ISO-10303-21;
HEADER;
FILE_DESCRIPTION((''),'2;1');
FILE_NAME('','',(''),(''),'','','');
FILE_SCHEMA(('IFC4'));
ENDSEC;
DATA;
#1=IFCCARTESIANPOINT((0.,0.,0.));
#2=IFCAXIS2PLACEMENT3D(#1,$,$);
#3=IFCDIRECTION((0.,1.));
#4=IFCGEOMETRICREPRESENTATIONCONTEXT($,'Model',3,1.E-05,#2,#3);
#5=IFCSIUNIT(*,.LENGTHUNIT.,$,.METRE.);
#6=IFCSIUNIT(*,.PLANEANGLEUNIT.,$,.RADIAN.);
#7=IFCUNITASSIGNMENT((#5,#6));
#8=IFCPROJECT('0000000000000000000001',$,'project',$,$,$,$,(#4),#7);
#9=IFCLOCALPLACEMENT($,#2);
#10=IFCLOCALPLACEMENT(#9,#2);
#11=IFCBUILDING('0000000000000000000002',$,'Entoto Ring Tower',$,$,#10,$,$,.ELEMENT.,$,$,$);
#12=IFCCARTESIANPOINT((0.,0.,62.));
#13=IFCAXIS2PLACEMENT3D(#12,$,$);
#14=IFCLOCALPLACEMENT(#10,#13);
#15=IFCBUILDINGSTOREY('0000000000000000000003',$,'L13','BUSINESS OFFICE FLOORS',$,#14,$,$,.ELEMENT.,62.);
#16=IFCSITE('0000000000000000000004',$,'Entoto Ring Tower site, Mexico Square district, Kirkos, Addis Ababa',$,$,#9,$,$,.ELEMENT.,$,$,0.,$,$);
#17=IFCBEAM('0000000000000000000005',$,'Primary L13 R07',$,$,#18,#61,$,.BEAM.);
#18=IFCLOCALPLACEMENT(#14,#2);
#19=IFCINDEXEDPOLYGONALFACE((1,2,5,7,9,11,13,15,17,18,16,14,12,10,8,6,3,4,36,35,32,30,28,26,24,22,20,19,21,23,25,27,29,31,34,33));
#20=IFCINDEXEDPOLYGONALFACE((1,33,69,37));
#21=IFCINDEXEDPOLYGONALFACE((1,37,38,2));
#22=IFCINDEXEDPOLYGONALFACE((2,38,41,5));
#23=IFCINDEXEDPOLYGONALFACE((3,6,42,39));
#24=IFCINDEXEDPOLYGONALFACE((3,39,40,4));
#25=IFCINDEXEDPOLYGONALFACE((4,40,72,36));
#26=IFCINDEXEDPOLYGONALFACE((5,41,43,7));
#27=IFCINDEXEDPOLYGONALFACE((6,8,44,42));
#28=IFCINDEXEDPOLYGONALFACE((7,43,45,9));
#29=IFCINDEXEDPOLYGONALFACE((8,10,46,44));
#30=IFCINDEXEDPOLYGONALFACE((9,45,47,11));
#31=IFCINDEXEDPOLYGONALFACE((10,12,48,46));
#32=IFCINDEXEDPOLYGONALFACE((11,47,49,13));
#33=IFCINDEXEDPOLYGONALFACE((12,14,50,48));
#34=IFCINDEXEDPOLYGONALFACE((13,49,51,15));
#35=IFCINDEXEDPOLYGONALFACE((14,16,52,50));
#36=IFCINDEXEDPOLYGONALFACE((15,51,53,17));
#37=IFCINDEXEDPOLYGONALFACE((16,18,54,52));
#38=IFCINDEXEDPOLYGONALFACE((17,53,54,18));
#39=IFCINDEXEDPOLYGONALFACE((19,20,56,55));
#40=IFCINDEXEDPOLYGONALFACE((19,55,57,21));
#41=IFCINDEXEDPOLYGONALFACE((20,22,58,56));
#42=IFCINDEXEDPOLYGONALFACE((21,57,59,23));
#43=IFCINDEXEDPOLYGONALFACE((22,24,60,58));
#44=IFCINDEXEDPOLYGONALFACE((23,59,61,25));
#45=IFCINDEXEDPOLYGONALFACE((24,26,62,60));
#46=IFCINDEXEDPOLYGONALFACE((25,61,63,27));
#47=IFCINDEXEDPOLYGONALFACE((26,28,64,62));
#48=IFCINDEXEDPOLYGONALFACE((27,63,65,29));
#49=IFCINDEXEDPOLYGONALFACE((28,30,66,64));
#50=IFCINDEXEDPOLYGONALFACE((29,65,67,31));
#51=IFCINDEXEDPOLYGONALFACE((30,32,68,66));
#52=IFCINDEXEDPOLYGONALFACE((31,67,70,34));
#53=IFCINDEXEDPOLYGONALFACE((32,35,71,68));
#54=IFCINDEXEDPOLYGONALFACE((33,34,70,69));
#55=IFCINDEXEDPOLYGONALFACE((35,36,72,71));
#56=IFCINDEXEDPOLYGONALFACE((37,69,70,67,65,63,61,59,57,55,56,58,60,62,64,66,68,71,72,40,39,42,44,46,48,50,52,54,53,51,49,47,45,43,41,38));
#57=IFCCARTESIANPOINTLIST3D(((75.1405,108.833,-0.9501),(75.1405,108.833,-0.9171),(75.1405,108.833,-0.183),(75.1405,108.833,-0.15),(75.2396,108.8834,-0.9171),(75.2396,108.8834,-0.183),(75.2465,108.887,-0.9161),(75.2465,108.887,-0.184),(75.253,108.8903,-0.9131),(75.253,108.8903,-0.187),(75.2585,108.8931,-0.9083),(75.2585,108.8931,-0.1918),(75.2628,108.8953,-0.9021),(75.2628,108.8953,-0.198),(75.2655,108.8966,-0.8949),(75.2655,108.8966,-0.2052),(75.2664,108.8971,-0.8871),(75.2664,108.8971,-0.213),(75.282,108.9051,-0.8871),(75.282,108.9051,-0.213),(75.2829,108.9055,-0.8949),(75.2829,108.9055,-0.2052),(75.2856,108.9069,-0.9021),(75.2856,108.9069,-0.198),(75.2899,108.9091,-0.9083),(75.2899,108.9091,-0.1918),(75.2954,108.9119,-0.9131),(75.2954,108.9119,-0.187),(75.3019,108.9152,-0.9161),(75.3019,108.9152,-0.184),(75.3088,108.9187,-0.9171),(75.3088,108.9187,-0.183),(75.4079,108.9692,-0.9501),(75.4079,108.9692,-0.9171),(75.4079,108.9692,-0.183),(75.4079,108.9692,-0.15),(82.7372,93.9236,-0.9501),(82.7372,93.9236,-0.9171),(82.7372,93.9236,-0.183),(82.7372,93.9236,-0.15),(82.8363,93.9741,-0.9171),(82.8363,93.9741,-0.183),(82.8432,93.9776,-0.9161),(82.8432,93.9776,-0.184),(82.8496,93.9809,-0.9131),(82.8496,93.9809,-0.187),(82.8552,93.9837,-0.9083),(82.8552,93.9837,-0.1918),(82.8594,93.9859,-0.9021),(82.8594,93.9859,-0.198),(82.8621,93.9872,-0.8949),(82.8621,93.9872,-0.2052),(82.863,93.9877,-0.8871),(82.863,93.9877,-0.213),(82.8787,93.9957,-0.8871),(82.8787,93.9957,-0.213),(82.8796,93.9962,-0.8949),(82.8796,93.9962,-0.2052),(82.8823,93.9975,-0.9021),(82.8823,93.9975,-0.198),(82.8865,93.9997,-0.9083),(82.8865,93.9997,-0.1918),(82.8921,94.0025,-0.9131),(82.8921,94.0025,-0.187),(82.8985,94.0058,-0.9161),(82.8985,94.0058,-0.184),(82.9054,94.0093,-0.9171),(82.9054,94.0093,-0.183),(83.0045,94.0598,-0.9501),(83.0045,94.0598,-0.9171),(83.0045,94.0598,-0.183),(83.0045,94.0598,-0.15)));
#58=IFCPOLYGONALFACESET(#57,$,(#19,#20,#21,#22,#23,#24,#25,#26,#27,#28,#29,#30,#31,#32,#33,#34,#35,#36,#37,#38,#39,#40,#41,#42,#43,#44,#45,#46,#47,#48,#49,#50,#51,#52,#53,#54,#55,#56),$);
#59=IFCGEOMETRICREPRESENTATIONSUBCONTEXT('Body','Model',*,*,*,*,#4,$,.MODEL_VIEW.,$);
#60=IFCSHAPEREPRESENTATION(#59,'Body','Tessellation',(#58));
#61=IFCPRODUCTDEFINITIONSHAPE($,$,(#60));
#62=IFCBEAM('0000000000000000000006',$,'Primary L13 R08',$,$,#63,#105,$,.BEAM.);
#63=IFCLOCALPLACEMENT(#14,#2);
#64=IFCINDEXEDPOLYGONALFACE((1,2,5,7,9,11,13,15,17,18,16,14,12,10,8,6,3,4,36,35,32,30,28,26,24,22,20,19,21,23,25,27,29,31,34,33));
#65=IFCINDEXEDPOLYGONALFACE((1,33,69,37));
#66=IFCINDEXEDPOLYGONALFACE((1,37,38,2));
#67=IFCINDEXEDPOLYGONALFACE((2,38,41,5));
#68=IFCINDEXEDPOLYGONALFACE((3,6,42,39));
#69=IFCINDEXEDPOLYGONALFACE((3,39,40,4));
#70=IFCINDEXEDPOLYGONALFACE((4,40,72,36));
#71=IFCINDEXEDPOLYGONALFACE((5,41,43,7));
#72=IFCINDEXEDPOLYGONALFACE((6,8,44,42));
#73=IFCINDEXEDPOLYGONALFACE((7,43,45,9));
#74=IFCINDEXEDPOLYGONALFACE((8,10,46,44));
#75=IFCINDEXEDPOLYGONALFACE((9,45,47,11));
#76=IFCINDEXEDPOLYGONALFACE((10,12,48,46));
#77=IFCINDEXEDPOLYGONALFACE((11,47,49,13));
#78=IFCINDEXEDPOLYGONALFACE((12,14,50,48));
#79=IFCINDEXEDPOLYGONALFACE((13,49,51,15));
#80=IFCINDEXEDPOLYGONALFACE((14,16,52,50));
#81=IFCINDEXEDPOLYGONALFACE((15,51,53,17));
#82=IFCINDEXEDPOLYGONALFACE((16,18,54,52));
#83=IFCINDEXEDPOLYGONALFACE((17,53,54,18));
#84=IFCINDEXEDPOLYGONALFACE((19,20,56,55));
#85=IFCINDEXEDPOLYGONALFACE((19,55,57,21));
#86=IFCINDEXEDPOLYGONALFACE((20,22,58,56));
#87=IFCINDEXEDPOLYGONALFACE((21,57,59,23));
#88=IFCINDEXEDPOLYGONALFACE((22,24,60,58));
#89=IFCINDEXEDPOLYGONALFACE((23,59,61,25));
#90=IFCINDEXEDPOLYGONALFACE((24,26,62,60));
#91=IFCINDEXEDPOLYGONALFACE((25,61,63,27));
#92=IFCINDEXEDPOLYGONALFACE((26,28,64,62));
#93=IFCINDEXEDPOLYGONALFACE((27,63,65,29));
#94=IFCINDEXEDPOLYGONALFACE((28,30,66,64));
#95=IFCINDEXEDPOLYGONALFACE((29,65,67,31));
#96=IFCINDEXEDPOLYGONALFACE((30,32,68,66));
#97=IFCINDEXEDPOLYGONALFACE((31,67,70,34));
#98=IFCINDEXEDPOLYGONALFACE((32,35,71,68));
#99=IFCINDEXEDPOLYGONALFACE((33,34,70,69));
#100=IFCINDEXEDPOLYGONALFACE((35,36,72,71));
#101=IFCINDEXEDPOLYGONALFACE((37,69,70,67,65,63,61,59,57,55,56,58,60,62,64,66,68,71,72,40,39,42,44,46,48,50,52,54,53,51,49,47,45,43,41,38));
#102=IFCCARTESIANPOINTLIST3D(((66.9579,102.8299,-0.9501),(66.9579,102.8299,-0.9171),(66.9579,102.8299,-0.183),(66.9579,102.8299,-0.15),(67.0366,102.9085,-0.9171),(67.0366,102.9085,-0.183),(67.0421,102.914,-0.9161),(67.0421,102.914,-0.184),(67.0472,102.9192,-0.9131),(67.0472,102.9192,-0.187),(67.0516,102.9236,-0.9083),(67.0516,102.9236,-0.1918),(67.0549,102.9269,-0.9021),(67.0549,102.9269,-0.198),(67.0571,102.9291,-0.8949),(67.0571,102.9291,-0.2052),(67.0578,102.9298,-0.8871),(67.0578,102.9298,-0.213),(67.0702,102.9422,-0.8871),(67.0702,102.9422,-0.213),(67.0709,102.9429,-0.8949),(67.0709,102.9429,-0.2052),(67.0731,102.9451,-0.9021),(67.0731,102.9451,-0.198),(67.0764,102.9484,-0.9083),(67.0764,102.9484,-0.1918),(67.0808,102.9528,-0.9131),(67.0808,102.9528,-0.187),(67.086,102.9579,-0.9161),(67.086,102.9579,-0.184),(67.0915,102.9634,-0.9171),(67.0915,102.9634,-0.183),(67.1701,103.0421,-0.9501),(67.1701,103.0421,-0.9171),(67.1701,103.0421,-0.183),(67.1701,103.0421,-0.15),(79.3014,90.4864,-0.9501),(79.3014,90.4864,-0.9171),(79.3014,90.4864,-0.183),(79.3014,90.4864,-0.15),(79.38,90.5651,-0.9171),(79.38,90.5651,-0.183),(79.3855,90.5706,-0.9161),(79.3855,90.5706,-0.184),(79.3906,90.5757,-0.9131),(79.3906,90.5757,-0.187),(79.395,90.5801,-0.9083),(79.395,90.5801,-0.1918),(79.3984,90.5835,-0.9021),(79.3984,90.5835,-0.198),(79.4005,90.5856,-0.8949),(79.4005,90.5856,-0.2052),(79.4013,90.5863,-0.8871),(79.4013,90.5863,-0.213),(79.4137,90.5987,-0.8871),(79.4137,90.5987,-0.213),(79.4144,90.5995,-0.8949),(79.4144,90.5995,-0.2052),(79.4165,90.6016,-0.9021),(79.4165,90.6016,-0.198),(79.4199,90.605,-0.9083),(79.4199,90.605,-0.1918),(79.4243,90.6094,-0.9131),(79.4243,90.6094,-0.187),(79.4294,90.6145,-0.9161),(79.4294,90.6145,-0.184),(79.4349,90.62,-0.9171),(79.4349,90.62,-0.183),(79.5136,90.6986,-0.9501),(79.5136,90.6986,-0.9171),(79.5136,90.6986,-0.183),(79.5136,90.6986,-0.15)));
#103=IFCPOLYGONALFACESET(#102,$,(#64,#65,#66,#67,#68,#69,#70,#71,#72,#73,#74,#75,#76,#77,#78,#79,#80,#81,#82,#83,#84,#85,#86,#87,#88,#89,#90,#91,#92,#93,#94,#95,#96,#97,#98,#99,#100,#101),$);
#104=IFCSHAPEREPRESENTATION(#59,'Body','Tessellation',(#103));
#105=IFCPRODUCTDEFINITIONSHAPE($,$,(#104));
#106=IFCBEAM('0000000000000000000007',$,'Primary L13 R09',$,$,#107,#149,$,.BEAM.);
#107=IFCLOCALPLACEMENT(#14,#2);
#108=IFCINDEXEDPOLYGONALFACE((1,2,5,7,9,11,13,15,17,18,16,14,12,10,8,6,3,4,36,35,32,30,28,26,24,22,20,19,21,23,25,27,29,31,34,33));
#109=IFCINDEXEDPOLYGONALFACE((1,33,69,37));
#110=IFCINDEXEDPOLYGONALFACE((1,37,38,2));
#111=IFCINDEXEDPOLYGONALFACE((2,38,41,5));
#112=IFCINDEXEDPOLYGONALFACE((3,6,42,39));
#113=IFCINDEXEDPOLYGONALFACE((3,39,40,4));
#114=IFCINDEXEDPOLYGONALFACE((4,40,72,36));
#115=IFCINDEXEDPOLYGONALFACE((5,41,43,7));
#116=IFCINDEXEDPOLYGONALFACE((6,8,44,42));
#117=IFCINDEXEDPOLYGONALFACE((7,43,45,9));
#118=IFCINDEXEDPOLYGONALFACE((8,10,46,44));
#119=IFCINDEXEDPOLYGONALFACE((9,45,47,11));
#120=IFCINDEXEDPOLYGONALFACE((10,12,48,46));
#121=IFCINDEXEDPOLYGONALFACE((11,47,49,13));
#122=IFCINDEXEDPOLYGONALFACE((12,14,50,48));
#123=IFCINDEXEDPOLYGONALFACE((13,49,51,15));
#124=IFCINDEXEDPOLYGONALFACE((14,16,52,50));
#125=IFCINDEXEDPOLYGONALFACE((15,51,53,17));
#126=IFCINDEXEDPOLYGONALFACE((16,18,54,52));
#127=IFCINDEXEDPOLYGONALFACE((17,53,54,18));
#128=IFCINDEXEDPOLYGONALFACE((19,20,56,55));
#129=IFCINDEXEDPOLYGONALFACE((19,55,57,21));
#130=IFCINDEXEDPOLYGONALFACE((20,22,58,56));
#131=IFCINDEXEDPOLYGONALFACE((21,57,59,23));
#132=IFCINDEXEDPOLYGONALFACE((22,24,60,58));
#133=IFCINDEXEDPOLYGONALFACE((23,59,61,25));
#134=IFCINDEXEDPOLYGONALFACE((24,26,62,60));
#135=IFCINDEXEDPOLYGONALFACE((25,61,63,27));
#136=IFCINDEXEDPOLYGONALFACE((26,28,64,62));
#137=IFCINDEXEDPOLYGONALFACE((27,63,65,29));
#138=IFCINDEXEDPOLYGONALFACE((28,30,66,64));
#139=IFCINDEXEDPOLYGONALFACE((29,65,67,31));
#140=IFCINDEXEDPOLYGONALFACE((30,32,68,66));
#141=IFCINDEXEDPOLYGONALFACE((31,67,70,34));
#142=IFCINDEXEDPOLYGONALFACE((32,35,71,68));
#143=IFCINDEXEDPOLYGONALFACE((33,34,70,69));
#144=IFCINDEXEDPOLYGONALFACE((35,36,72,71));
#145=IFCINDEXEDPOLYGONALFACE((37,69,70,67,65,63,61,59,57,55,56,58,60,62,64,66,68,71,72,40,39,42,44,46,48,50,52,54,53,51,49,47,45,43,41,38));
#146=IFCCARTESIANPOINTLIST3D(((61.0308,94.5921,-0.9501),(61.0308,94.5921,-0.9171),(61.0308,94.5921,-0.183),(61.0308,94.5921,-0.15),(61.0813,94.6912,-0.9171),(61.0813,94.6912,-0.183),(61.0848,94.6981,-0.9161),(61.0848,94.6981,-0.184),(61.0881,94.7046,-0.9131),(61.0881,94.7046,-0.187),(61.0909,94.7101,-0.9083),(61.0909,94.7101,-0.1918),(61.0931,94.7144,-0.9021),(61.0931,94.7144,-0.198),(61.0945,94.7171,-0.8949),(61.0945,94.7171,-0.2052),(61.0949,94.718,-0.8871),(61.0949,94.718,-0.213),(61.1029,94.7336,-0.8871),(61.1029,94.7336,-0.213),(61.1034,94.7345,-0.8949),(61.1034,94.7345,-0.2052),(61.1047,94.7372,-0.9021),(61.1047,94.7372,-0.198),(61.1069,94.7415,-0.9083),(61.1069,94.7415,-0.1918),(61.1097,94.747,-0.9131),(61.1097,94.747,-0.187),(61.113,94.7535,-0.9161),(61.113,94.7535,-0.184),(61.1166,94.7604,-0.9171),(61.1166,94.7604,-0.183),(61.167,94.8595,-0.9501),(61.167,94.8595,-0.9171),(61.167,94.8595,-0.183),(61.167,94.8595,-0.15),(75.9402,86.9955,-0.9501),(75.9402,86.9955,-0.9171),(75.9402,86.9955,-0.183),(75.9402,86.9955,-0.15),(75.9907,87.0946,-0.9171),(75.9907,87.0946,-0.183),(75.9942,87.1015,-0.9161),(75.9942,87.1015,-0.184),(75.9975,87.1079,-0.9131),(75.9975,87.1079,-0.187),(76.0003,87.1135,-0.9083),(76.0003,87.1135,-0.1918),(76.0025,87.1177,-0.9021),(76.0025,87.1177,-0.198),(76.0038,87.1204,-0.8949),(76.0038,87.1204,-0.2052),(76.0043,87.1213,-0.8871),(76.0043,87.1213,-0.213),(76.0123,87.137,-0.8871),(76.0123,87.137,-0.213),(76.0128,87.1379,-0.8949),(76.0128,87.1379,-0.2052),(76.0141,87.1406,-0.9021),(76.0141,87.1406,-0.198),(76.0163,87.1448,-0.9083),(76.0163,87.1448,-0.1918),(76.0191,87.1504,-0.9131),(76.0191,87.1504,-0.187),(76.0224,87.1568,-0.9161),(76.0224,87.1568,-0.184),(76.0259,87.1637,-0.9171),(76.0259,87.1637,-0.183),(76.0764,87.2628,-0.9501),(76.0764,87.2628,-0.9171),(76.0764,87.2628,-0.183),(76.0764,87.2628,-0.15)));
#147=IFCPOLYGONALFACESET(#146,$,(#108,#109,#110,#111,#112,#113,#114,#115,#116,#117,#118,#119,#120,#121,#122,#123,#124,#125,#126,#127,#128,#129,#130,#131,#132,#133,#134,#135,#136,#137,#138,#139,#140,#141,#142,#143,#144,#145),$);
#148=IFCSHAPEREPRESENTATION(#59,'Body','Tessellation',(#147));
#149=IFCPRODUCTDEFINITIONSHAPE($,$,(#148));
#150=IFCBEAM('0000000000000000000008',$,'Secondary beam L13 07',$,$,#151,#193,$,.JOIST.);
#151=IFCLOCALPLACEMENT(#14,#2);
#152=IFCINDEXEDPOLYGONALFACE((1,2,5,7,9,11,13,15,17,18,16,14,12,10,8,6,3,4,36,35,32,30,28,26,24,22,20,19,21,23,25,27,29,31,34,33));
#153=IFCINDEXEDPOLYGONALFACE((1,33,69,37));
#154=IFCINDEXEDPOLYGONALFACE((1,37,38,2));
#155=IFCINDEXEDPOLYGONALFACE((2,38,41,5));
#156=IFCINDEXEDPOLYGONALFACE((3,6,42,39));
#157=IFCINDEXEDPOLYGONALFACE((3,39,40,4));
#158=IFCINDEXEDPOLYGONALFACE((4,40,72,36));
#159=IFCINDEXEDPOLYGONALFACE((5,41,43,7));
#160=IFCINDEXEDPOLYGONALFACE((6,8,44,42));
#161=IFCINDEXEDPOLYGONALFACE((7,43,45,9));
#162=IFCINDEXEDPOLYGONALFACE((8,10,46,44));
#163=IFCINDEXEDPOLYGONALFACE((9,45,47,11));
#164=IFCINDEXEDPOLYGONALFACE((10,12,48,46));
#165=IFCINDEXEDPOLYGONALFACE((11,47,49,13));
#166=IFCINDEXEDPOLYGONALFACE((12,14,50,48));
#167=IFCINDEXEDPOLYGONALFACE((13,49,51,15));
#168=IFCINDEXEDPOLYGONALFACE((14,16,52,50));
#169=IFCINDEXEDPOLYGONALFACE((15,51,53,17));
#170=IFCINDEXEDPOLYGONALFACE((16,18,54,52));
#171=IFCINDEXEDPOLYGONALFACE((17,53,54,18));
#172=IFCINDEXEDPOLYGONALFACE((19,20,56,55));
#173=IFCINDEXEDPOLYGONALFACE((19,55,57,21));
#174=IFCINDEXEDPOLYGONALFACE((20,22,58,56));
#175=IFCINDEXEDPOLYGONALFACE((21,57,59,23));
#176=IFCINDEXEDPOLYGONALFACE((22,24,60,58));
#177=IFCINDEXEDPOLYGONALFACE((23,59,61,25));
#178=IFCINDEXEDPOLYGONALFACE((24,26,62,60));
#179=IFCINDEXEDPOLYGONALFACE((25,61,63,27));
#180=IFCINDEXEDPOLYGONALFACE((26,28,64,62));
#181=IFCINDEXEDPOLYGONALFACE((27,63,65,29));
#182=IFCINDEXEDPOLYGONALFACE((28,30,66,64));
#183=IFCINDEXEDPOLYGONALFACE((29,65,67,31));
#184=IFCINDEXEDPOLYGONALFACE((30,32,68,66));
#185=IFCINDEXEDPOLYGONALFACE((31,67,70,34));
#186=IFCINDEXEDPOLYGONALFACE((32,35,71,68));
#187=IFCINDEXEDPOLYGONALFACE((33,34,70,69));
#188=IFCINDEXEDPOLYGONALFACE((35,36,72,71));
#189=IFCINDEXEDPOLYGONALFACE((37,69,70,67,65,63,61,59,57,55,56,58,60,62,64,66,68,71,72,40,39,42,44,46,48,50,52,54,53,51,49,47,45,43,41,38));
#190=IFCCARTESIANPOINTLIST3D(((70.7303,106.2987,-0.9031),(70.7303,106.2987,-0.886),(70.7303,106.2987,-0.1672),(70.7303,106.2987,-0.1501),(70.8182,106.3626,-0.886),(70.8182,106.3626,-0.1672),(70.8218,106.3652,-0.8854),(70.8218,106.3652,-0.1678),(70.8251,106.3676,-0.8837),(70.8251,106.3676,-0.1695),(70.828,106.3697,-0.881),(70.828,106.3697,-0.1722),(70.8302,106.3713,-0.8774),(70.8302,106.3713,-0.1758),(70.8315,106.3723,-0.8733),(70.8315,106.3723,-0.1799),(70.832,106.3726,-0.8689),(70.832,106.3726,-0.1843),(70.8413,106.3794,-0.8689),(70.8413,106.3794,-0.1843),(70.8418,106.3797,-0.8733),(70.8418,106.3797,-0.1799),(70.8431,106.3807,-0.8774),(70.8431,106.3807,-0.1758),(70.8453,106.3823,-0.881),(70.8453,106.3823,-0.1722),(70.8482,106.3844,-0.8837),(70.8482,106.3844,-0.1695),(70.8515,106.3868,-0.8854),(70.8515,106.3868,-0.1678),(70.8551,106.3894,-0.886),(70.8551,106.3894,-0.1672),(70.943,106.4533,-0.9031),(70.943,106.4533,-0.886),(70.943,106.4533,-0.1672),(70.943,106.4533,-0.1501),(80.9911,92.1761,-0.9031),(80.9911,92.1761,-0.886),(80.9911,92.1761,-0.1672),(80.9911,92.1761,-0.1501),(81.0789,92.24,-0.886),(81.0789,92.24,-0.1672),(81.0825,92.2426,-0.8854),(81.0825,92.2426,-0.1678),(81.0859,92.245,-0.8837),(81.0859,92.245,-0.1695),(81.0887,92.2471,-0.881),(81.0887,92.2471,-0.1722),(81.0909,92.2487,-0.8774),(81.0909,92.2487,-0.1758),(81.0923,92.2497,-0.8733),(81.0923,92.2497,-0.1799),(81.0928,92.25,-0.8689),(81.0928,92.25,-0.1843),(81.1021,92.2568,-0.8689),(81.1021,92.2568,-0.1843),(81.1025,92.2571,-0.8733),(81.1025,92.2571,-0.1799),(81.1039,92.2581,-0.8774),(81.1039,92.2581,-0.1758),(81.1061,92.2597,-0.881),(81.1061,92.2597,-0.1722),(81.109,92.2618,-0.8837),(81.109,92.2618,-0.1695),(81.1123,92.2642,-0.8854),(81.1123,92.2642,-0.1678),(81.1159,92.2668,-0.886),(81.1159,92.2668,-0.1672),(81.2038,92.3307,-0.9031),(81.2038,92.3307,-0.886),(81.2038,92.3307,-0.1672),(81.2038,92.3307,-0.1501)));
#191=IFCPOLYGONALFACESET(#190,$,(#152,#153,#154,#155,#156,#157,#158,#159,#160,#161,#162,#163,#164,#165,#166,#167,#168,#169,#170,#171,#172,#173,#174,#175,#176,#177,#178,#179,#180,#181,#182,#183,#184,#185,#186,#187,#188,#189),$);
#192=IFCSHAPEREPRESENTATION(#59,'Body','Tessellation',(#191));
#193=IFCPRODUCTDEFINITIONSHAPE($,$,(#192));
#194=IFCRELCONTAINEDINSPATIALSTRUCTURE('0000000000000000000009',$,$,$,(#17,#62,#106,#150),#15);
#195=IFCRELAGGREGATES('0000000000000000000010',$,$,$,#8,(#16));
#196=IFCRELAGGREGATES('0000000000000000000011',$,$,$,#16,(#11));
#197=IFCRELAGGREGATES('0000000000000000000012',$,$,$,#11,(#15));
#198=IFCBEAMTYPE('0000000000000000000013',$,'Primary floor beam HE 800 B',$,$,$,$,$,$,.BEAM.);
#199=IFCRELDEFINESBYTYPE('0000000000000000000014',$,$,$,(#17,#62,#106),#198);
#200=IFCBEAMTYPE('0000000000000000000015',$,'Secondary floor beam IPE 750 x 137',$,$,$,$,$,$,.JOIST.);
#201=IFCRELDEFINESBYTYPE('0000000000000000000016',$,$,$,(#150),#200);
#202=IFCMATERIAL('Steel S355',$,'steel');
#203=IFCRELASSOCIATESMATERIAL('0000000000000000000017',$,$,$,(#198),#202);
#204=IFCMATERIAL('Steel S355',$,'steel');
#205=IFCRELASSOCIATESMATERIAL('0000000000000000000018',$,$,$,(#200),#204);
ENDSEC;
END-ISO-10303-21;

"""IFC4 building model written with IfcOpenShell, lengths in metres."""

from ifc_helpers import new_model, si_unit, direction, frame, origin, origin_2d, place, context, subcontext, project, spatial, i_section, extrude, material, material_profile, profile_set, type_object, element, save


model = new_model("IFC4")

# Units and contexts
model_context = context("Model", 3, precision=1e-05, world=origin(), true_north=direction((0.0, 1.0)))
body_context = subcontext(model_context, "Body", "Model", "MODEL_VIEW")
ifc_project = project(units=[si_unit("LENGTHUNIT", "METRE"), si_unit("PLANEANGLEUNIT", "RADIAN")], contexts=[model_context])

# Site, building, storey
site_placement = place(None, origin())
site = spatial("IfcSite", under=ifc_project, at=site_placement, Name="Entoto Ring Tower site, Mexico Square district, Kirkos, Addis Ababa", CompositionType="ELEMENT", RefElevation=0.0)
building_placement = place(site_placement, origin())
building = spatial("IfcBuilding", under=site, at=building_placement, Name="Entoto Ring Tower", CompositionType="ELEMENT")
storey_placement = place(building_placement, frame((0.0, 0.0, 62.0)))
storey = spatial("IfcBuildingStorey", under=building, at=storey_placement, Name="L13", Description="BUSINESS OFFICE FLOORS", CompositionType="ELEMENT", Elevation=62.0)

# Beams
ifc_material_1 = material(Name="Steel S355", Category="steel")
ifc_material_profile_1 = material_profile(ifc_material_1, i_section(OverallWidth=0.3, OverallDepth=0.8, WebThickness=0.0176, FlangeThickness=0.033, FilletRadius=0.03, at=origin_2d()), Name="HE 800 B")
ifc_profile_set_1 = profile_set([ifc_material_profile_1], Name="Steel S355")
beam_type_1 = type_object("IfcBeamType", Name="Primary floor beam HE 800 B", PredefinedType="BEAM", material=ifc_profile_set_1)
beam_1_placement = place(storey_placement, frame((82.8708, 93.9917, -0.55), z_axis=(-0.453988, 0.891008, 0.0), x_axis=(-0.891008, -0.453988, 0.0)))
element("IfcBeam", 1, at=beam_1_placement, inside=storey, type_object=beam_type_1, Name="Primary L13 R07", PredefinedType="BEAM", context=body_context, shape_type="SweptSolid", body=[
    extrude(i_section(OverallWidth=0.3, OverallDepth=0.8, WebThickness=0.0176, FlangeThickness=0.033, FilletRadius=0.03, at=origin_2d()), origin(), (0.0, 0.0, 1.0), 16.7332),
])
beam_2_placement = place(storey_placement, frame((79.4075, 90.5925, -0.55), z_axis=(-0.707107, 0.707107, 0.0), x_axis=(-0.707107, -0.707107, 0.0)))
element("IfcBeam", 2, at=beam_2_placement, inside=storey, type_object=beam_type_1, Name="Primary L13 R08", PredefinedType="BEAM", context=body_context, shape_type="SweptSolid", body=[
    extrude(i_section(OverallWidth=0.3, OverallDepth=0.8, WebThickness=0.0176, FlangeThickness=0.033, FilletRadius=0.03, at=origin_2d()), origin(), (0.0, 0.0, 1.0), 17.4563),
])
beam_3_placement = place(storey_placement, frame((76.0083, 87.1292, -0.55), z_axis=(-0.891008, 0.453988, 0.0), x_axis=(-0.453988, -0.891008, 0.0)))
element("IfcBeam", 3, at=beam_3_placement, inside=storey, type_object=beam_type_1, Name="Primary L13 R09", PredefinedType="BEAM", context=body_context, shape_type="SweptSolid", body=[
    extrude(i_section(OverallWidth=0.3, OverallDepth=0.8, WebThickness=0.0176, FlangeThickness=0.033, FilletRadius=0.03, at=origin_2d()), origin(), (0.0, 0.0, 1.0), 16.7332),
])
ifc_material_2 = material(Name="Steel S355", Category="steel")
ifc_material_profile_2 = material_profile(ifc_material_2, i_section(OverallWidth=0.2629, OverallDepth=0.7529, WebThickness=0.0115, FlangeThickness=0.0171, FilletRadius=0.0171, at=origin_2d()), Name="IPE 750 x 137")
ifc_profile_set_2 = profile_set([ifc_material_profile_2], Name="Steel S355")
beam_type_2 = type_object("IfcBeamType", Name="Secondary floor beam IPE 750 x 137", PredefinedType="JOIST", material=ifc_profile_set_2)
for number, where, z_axis, x_axis, name in (
    (4, (81.0974, 92.2534, -0.5266), (-0.587789, 0.809014, 0.0), (-0.809014, -0.587789, 0.0), "Secondary beam L13 07"),
):
    element("IfcBeam", number, at=place(storey_placement, frame(where, z_axis=z_axis, x_axis=x_axis)), inside=storey, type_object=beam_type_2, Name=name, PredefinedType="JOIST", context=body_context, shape_type="SweptSolid", body=[
        extrude(i_section(OverallWidth=0.2629, OverallDepth=0.7529, WebThickness=0.0115, FlangeThickness=0.0171, FilletRadius=0.0171, at=origin_2d()), origin(), (0.0, 0.0, 1.0), 17.4565),
    ])

save(model, "model.ifc")
